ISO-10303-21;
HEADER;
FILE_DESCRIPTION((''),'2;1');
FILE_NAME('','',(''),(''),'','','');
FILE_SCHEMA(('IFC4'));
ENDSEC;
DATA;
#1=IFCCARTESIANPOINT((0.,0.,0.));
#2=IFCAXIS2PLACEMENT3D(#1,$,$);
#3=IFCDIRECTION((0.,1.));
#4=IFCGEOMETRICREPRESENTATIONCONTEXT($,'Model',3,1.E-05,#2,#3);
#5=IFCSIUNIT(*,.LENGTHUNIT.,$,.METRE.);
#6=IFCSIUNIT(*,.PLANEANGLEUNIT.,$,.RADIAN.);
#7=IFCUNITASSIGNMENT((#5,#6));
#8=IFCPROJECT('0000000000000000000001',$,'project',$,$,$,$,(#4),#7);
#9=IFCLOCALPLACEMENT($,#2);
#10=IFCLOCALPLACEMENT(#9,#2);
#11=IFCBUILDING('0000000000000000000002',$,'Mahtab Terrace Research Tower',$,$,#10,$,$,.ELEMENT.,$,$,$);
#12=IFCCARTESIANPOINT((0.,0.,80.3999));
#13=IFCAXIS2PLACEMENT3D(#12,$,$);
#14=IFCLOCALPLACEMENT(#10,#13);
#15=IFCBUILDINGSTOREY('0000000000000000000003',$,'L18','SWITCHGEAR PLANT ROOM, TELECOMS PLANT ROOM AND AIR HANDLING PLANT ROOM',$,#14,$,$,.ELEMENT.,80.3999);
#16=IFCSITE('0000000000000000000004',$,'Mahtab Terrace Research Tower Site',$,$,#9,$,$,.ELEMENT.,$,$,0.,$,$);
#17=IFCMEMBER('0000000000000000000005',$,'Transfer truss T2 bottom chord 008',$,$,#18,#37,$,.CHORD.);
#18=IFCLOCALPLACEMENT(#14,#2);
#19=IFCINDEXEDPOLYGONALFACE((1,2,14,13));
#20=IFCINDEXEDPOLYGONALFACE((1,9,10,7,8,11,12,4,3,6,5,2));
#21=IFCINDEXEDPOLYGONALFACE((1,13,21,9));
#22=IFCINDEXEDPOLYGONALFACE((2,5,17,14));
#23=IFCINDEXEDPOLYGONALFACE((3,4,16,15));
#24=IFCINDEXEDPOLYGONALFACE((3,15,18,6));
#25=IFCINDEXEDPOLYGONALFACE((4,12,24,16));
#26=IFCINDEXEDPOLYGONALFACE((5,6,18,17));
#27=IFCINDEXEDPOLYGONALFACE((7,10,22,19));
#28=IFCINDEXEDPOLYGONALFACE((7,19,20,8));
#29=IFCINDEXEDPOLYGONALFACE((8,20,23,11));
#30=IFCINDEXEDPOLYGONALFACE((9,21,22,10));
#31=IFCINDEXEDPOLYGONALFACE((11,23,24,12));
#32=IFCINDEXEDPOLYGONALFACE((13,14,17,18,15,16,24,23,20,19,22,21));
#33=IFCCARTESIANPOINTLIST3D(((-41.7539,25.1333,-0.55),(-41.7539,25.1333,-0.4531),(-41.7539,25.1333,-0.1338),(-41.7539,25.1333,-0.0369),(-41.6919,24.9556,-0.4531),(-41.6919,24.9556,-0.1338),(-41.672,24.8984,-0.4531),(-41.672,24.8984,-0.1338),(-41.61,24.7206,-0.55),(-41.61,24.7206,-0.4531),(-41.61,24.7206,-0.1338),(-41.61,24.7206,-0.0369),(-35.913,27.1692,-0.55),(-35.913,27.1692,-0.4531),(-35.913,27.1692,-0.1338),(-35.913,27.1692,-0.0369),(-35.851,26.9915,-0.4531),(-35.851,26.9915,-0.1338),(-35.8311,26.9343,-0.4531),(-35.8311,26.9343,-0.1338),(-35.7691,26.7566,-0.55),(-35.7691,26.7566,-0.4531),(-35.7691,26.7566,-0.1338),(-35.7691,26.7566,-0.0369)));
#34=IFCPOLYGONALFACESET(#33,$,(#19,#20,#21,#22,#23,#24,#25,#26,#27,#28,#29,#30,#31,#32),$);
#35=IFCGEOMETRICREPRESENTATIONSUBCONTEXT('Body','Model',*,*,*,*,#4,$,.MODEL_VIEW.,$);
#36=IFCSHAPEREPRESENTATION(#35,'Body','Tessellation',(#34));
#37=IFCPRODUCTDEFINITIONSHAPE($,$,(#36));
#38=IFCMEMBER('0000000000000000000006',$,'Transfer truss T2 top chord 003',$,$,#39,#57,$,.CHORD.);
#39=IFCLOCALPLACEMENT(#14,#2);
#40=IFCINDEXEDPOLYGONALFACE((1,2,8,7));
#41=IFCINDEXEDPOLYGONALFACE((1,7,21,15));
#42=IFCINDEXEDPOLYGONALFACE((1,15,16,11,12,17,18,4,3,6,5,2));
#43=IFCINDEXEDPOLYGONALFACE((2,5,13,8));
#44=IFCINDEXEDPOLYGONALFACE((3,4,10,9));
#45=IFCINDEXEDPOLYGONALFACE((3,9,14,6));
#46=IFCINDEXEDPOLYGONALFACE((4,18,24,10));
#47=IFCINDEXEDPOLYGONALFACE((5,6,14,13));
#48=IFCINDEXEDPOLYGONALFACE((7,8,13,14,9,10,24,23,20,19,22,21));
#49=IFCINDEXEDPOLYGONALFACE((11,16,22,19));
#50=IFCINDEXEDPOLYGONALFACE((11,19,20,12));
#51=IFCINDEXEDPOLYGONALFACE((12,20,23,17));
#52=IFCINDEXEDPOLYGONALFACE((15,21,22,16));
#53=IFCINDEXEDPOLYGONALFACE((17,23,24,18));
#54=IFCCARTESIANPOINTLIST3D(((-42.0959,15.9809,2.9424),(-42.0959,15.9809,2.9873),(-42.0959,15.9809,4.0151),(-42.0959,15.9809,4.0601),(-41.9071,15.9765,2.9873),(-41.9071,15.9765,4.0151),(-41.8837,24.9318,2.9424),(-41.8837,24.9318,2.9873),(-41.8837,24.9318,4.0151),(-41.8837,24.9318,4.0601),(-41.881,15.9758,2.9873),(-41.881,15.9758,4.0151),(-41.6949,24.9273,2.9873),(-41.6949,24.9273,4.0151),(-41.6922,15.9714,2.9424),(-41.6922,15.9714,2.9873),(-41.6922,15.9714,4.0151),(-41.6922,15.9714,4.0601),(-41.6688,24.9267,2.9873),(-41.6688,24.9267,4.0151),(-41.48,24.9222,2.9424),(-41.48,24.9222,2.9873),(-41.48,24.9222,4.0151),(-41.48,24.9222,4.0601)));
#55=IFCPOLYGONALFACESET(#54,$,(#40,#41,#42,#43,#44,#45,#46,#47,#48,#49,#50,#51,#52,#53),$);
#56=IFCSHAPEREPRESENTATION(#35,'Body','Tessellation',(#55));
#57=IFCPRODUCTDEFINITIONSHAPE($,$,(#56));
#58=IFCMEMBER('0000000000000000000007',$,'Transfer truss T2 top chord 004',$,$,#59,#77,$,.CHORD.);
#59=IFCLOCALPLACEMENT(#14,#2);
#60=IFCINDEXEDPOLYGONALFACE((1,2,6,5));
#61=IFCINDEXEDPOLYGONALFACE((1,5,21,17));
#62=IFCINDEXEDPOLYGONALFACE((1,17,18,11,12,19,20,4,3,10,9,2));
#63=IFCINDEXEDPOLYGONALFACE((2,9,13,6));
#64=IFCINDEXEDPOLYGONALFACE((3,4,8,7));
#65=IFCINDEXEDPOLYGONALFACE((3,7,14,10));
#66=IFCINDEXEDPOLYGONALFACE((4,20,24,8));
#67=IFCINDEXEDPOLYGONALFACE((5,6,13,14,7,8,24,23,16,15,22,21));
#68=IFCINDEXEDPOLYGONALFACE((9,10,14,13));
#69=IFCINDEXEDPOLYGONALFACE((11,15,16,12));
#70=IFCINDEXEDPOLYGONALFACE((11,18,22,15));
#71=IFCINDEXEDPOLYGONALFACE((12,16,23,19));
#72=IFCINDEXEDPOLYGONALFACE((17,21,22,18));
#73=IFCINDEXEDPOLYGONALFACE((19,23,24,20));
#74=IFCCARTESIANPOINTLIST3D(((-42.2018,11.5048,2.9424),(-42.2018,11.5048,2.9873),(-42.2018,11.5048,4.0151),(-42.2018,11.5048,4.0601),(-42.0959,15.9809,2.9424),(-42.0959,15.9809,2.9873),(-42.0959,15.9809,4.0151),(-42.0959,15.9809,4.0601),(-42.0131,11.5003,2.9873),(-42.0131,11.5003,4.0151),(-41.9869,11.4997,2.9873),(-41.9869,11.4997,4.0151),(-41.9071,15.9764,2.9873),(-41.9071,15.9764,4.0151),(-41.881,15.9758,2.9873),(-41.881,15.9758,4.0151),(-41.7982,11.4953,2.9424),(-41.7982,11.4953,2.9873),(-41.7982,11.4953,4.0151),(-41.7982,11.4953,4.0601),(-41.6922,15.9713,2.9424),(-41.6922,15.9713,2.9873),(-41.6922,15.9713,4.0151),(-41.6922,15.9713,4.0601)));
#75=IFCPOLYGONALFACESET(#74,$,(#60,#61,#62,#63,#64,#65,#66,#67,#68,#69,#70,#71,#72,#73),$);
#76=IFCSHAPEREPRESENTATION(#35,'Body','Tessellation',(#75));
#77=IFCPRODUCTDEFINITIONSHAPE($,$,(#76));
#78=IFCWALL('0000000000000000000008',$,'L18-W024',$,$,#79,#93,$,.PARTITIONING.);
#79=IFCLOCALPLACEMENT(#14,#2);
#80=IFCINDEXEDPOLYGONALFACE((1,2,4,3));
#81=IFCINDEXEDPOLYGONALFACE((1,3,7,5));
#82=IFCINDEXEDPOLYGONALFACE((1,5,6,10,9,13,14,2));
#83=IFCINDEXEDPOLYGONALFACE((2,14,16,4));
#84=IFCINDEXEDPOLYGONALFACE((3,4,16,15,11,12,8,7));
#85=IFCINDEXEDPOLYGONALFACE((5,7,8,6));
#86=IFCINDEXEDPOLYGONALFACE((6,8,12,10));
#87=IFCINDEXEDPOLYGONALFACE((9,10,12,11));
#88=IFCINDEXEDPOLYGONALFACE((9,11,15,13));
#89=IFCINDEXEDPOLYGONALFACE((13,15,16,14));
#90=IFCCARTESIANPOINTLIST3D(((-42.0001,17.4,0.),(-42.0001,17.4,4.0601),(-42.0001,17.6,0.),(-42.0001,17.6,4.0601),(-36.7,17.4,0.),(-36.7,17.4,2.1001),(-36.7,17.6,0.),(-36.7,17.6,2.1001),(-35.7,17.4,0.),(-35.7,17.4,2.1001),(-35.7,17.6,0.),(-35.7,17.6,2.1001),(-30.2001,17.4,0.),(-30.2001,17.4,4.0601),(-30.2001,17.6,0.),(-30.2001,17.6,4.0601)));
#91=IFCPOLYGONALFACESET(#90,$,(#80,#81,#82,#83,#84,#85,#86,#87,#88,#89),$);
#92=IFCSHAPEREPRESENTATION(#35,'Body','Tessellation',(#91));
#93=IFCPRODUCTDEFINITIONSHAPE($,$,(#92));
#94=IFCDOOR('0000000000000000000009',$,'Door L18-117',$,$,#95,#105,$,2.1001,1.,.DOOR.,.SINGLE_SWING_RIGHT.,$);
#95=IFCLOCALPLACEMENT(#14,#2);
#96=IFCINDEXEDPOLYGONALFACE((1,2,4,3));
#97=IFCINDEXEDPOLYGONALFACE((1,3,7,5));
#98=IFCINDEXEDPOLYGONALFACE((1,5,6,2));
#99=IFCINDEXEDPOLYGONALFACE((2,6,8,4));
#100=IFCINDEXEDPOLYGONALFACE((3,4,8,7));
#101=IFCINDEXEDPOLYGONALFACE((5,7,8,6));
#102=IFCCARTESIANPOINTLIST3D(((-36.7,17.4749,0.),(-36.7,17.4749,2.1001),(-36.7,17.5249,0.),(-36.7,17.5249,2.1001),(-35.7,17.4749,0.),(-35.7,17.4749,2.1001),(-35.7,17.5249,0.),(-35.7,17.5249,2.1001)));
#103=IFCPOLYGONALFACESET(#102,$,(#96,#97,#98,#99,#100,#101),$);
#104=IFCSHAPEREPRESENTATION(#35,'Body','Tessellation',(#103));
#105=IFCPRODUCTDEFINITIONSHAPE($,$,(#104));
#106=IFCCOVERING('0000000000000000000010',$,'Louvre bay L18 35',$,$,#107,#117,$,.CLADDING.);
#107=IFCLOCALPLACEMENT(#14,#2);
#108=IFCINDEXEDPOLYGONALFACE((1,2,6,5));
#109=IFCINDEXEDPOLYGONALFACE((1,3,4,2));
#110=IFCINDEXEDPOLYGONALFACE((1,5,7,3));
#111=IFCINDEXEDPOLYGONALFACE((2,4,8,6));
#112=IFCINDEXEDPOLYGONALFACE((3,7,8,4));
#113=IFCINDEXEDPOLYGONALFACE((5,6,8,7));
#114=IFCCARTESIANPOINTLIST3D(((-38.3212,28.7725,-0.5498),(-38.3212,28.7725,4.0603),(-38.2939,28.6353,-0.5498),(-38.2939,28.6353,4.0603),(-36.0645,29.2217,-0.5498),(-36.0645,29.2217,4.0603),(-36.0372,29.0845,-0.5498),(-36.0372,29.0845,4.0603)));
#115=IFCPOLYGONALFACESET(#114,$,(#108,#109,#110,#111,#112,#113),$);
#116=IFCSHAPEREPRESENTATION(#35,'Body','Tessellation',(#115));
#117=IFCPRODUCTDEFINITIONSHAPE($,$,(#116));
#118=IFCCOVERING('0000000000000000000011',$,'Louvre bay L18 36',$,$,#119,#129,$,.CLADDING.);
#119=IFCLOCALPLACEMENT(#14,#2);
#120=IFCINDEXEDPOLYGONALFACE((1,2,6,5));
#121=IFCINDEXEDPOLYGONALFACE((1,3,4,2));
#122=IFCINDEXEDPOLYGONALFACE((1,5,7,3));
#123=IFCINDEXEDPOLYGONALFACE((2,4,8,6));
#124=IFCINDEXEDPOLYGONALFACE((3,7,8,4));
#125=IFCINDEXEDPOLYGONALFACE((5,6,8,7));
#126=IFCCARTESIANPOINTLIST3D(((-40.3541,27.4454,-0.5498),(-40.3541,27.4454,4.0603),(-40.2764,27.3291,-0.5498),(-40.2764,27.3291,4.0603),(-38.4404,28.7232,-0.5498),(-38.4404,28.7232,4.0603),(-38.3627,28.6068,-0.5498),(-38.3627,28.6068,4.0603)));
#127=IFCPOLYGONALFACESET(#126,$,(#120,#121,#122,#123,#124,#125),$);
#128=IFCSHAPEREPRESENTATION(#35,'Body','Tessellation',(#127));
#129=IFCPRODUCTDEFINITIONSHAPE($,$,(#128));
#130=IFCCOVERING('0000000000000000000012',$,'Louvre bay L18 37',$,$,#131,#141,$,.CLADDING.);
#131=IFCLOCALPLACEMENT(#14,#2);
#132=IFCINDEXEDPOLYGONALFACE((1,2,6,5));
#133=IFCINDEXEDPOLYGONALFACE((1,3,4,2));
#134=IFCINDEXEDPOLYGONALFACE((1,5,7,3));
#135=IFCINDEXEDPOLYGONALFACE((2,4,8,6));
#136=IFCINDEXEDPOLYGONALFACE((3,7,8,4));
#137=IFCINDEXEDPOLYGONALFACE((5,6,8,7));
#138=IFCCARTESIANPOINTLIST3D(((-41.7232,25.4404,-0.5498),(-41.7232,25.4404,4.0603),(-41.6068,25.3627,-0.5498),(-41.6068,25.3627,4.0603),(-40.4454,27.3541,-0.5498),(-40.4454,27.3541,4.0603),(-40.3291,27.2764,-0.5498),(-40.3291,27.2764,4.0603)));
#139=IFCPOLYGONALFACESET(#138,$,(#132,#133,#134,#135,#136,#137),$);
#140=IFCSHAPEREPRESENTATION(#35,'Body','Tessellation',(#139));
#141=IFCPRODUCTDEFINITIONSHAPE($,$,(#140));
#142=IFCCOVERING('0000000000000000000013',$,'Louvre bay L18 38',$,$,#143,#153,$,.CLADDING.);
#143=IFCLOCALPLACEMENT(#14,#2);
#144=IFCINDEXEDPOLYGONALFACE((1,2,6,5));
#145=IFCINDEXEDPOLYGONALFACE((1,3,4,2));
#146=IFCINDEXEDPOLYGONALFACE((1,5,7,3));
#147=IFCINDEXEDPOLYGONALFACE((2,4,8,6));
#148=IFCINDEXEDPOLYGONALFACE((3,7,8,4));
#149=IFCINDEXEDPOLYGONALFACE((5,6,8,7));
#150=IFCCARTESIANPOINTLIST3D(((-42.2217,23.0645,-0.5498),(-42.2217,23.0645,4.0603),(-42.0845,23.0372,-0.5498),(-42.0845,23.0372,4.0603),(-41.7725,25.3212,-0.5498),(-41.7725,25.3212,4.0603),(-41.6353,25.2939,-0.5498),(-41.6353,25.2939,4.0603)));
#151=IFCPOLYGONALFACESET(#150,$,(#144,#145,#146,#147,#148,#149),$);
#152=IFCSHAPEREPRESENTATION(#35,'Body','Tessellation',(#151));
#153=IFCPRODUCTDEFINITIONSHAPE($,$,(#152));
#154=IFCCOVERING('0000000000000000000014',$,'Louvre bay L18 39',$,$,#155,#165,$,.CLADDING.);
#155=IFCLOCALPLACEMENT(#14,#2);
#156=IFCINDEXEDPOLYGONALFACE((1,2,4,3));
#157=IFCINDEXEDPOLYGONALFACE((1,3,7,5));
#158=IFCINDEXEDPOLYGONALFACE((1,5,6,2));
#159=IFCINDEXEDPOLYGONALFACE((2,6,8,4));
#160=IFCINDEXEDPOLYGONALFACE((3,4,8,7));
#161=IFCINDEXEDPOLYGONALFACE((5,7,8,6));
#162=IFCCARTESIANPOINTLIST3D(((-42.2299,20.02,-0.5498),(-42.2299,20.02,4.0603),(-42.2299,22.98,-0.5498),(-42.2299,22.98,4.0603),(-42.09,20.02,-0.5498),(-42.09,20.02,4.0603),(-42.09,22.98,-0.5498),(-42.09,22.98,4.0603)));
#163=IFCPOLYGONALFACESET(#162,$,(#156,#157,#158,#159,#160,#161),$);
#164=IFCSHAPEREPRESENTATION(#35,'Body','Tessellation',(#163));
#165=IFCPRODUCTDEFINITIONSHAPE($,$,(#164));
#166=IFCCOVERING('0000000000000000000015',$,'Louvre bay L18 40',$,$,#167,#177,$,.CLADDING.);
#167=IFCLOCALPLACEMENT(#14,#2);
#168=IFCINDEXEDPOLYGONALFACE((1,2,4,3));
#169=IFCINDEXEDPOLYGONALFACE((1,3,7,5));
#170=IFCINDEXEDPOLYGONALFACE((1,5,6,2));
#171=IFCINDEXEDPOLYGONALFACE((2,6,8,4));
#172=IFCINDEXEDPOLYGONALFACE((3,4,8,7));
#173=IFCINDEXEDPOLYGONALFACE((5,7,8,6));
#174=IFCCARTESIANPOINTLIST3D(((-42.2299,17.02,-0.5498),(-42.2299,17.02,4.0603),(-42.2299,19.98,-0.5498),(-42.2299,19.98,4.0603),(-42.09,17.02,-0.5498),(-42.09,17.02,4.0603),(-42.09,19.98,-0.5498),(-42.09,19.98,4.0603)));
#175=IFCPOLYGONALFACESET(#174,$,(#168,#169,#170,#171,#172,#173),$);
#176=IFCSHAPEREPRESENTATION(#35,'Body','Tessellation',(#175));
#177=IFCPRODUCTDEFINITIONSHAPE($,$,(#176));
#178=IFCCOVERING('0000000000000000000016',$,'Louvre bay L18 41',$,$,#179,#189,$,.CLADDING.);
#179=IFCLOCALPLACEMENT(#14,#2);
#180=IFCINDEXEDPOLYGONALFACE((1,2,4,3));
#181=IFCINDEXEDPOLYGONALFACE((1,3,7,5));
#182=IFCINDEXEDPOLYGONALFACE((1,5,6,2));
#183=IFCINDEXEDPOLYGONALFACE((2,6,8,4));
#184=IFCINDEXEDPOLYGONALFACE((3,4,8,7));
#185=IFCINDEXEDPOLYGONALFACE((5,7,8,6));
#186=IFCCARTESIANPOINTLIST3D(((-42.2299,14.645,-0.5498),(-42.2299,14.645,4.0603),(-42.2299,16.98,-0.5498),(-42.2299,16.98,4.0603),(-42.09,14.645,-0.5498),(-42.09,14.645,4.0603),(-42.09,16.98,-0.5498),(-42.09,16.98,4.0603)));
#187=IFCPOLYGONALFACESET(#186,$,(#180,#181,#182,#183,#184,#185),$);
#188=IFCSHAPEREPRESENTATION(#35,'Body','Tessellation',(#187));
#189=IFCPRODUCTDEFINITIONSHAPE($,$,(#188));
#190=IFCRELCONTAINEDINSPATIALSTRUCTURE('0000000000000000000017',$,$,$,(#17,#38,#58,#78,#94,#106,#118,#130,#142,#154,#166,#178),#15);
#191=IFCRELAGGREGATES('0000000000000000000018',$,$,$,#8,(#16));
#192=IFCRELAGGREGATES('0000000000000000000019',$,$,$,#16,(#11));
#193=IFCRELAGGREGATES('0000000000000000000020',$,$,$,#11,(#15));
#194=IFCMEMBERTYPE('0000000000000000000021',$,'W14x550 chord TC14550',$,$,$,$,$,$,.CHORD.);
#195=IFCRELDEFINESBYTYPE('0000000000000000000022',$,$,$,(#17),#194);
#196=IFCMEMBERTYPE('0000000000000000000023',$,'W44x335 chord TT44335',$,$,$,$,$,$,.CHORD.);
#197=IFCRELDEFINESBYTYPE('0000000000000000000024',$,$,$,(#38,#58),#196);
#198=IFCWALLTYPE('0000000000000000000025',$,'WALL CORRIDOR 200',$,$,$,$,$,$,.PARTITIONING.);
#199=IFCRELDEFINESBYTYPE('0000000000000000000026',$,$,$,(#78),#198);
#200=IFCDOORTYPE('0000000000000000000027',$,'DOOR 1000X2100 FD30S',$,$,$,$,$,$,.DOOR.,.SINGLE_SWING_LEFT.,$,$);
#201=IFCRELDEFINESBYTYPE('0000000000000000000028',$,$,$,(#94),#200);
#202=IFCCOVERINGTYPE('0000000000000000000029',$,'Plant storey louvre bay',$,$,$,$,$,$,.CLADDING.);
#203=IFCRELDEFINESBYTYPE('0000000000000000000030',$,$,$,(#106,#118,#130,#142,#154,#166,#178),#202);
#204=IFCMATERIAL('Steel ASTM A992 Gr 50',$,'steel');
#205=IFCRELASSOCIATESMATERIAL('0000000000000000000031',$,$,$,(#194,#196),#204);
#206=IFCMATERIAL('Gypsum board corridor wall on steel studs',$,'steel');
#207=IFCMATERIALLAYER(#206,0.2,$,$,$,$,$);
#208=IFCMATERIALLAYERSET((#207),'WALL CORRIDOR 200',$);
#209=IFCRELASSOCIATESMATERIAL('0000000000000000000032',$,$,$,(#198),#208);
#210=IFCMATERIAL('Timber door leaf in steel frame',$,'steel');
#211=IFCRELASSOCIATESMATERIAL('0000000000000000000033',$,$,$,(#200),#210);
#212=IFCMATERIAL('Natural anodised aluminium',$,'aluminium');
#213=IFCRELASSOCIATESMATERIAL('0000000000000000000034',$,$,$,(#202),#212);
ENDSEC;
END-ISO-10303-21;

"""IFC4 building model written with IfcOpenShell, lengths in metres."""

from ifc_helpers import new_model, si_unit, direction, frame, frame_2d, origin, origin_2d, place, context, subcontext, project, spatial, rectangle, i_section, extrude, material, layer, layer_set, material_profile, profile_set, type_object, element, fill, save


model = new_model("IFC4")

# Units and contexts
model_context = context("Model", 3, precision=1e-05, world=origin(), true_north=direction((0.0, 1.0)))
body_context = subcontext(model_context, "Body", "Model", "MODEL_VIEW")
ifc_project = project(units=[si_unit("LENGTHUNIT", "METRE"), si_unit("PLANEANGLEUNIT", "RADIAN")], contexts=[model_context])

# Site, building, storey
site_placement = place(None, origin())
site = spatial("IfcSite", under=ifc_project, at=site_placement, Name="Mahtab Terrace Research Tower Site", CompositionType="ELEMENT", RefElevation=0.0)
building_placement = place(site_placement, origin())
building = spatial("IfcBuilding", under=site, at=building_placement, Name="Mahtab Terrace Research Tower", CompositionType="ELEMENT")
storey_placement = place(building_placement, frame((0.0, 0.0, 80.3999)))
storey = spatial("IfcBuildingStorey", under=building, at=storey_placement, Name="L18", Description="SWITCHGEAR PLANT ROOM, TELECOMS PLANT ROOM AND AIR HANDLING PLANT ROOM", CompositionType="ELEMENT", Elevation=80.3999)

# Members
ifc_material_1 = material(Name="Steel ASTM A992 Gr 50", Category="steel")
ifc_material_profile_1 = material_profile(ifc_material_1, i_section(OverallWidth=0.437, OverallDepth=0.5132, WebThickness=0.0605, FlangeThickness=0.0969, at=origin_2d()), Name="W14X550")
ifc_profile_set_1 = profile_set([ifc_material_profile_1], Name="Steel ASTM A992 Gr 50")
member_type_1 = type_object("IfcMemberType", Name="W14x550 chord TC14550", PredefinedType="CHORD", material=ifc_profile_set_1)
member_1_placement = place(storey_placement, frame((-35.8411, 26.9629, -0.2935), z_axis=(-0.944281, -0.329141, 0.0), x_axis=(0.329141, -0.944281, 0.0)))
element("IfcMember", 1, at=member_1_placement, inside=storey, type_object=member_type_1, Name="Transfer truss T2 bottom chord 008", PredefinedType="CHORD", context=body_context, shape_type="SweptSolid", body=[
    extrude(i_section(OverallWidth=0.437, OverallDepth=0.5132, WebThickness=0.0605, FlangeThickness=0.0969, at=origin_2d()), origin(), (0.0, 0.0, 1.0), 6.1855),
])
ifc_material_profile_2 = material_profile(ifc_material_1, i_section(OverallWidth=0.4038, OverallDepth=1.1177, WebThickness=0.0261, FlangeThickness=0.0449, at=origin_2d()), Name="W44X335")
ifc_profile_set_2 = profile_set([ifc_material_profile_2], Name="Steel ASTM A992 Gr 50")
member_type_2 = type_object("IfcMemberType", Name="W44x335 chord TT44335", PredefinedType="CHORD", material=ifc_profile_set_2)
member_2_placement = place(storey_placement, frame((-41.6819, 24.927, 3.5012), z_axis=(-0.023696, -0.999719, 0.0), x_axis=(0.999719, -0.023696, 0.0)))
element("IfcMember", 2, at=member_2_placement, inside=storey, type_object=member_type_2, Name="Transfer truss T2 top chord 003", PredefinedType="CHORD", context=body_context, shape_type="SweptSolid", body=[
    extrude(i_section(OverallWidth=0.4038, OverallDepth=1.1177, WebThickness=0.0261, FlangeThickness=0.0449, at=origin_2d()), origin(), (0.0, 0.0, 1.0), 8.9534),
])
member_3_placement = place(storey_placement, frame((-41.894, 15.9761, 3.5012), z_axis=(-0.023665, -0.99972, 0.0), x_axis=(0.99972, -0.023665, 0.0)))
element("IfcMember", 3, at=member_3_placement, inside=storey, type_object=member_type_2, Name="Transfer truss T2 top chord 004", PredefinedType="CHORD", context=body_context, shape_type="SweptSolid", body=[
    extrude(i_section(OverallWidth=0.4038, OverallDepth=1.1177, WebThickness=0.0261, FlangeThickness=0.0449, at=origin_2d()), origin(), (0.0, 0.0, 1.0), 4.4773),
])

# Wall, opening, door
ifc_material_2 = material(Name="Gypsum board corridor wall on steel studs", Category="steel")
ifc_layer_1 = layer(ifc_material_2, 0.2)
ifc_layer_set_1 = layer_set([ifc_layer_1], Name="WALL CORRIDOR 200")
wall_type = type_object("IfcWallType", Name="WALL CORRIDOR 200", PredefinedType="PARTITIONING", material=ifc_layer_set_1)
wall_placement = place(storey_placement, frame((-42.0, 17.5, 0.0), z_axis=(0.0, 0.0, 1.0), x_axis=(1.0, 0.0, 0.0)))
wall = element("IfcWall", 4, at=wall_placement, inside=storey, type_object=wall_type, Name="L18-W024", PredefinedType="PARTITIONING", context=body_context, shape_type="SweptSolid", body=[
    extrude(rectangle(XDim=11.8, YDim=0.2, at=frame_2d((5.8999, 0.0))), origin(), (0.0, 0.0, 1.0), 4.0601),
])
opening_placement = place(wall_placement, frame((5.3, 0.0, 0.0)))
opening = element("IfcOpeningElement", 5, at=opening_placement, cuts=wall, PredefinedType="OPENING", context=body_context, shape_type="SweptSolid", body=[
    extrude(rectangle(XDim=1.0, YDim=2.1001, at=frame_2d((0.5, 1.05))), frame((0.0, 0.1099, 0.0), z_axis=(0.0, -1.0, 0.0), x_axis=(1.0, 0.0, 0.0)), (0.0, 0.0, 1.0), 0.22),
])
ifc_material_3 = material(Name="Timber door leaf in steel frame", Category="steel")
door_type = type_object("IfcDoorType", Name="DOOR 1000X2100 FD30S", OperationType="SINGLE_SWING_LEFT", PredefinedType="DOOR", material=ifc_material_3)
door_placement = place(opening_placement, origin())
door = element("IfcDoor", 6, at=door_placement, inside=storey, type_object=door_type, Name="Door L18-117", OperationType="SINGLE_SWING_RIGHT", OverallHeight=2.1001, OverallWidth=1.0, PredefinedType="DOOR", context=body_context, shape_type="SweptSolid", body=[
    extrude(rectangle(XDim=1.0, YDim=2.1001, at=frame_2d((0.5, 1.05))), frame((0.0, 0.0249, 0.0), z_axis=(0.0, -1.0, 0.0), x_axis=(1.0, 0.0, 0.0)), (0.0, 0.0, 1.0), 0.05),
])
fill(opening, door)

# Coverings
ifc_material_4 = material(Name="Natural anodised aluminium", Category="aluminium")
covering_type = type_object("IfcCoveringType", Name="Plant storey louvre bay", PredefinedType="CLADDING", material=ifc_material_4)
for number, where, z_axis, x_axis, name in (
    (7, (-37.1792, 28.9285, -0.5498), (0.0, 0.0, 1.0), (-0.980761, -0.195212, 0.0), "Louvre bay L18 35"),
    (8, (-39.3584, 28.0261, -0.5498), (0.0, 0.0, 1.0), (-0.831656, -0.555291, 0.0), "Louvre bay L18 36"),
    (9, (-41.0261, 26.3584, -0.5498), (0.0, 0.0, 1.0), (-0.555291, -0.831656, 0.0), "Louvre bay L18 37"),
    (10, (-41.9285, 24.1792, -0.5498), (0.0, 0.0, 1.0), (-0.195212, -0.980761, 0.0), "Louvre bay L18 38"),
):
    element("IfcCovering", number, at=place(storey_placement, frame(where, z_axis=z_axis, x_axis=x_axis)), inside=storey, type_object=covering_type, Name=name, PredefinedType="CLADDING", context=body_context, shape_type="SweptSolid", body=[
        extrude(rectangle(XDim=2.301, YDim=0.1399, at=origin_2d()), origin(), (0.0, 0.0, 1.0), 4.6101),
    ])
for number, where, z_axis, x_axis, name in (
    (11, (-42.1599, 21.5, -0.5498), (0.0, 0.0, 1.0), (0.0, -1.0, 0.0), "Louvre bay L18 39"),
    (12, (-42.1599, 18.5, -0.5498), (0.0, 0.0, 1.0), (0.0, -1.0, 0.0), "Louvre bay L18 40"),
):
    element("IfcCovering", number, at=place(storey_placement, frame(where, z_axis=z_axis, x_axis=x_axis)), inside=storey, type_object=covering_type, Name=name, PredefinedType="CLADDING", context=body_context, shape_type="SweptSolid", body=[
        extrude(rectangle(XDim=2.96, YDim=0.1399, at=origin_2d()), origin(), (0.0, 0.0, 1.0), 4.6101),
    ])
covering_placement = place(storey_placement, frame((-42.1599, 15.8125, -0.5498), z_axis=(0.0, 0.0, 1.0), x_axis=(0.0, -1.0, 0.0)))
element("IfcCovering", 13, at=covering_placement, inside=storey, type_object=covering_type, Name="Louvre bay L18 41", PredefinedType="CLADDING", context=body_context, shape_type="SweptSolid", body=[
    extrude(rectangle(XDim=2.335, YDim=0.1399, at=origin_2d()), origin(), (0.0, 0.0, 1.0), 4.6101),
])

save(model, "model.ifc")
